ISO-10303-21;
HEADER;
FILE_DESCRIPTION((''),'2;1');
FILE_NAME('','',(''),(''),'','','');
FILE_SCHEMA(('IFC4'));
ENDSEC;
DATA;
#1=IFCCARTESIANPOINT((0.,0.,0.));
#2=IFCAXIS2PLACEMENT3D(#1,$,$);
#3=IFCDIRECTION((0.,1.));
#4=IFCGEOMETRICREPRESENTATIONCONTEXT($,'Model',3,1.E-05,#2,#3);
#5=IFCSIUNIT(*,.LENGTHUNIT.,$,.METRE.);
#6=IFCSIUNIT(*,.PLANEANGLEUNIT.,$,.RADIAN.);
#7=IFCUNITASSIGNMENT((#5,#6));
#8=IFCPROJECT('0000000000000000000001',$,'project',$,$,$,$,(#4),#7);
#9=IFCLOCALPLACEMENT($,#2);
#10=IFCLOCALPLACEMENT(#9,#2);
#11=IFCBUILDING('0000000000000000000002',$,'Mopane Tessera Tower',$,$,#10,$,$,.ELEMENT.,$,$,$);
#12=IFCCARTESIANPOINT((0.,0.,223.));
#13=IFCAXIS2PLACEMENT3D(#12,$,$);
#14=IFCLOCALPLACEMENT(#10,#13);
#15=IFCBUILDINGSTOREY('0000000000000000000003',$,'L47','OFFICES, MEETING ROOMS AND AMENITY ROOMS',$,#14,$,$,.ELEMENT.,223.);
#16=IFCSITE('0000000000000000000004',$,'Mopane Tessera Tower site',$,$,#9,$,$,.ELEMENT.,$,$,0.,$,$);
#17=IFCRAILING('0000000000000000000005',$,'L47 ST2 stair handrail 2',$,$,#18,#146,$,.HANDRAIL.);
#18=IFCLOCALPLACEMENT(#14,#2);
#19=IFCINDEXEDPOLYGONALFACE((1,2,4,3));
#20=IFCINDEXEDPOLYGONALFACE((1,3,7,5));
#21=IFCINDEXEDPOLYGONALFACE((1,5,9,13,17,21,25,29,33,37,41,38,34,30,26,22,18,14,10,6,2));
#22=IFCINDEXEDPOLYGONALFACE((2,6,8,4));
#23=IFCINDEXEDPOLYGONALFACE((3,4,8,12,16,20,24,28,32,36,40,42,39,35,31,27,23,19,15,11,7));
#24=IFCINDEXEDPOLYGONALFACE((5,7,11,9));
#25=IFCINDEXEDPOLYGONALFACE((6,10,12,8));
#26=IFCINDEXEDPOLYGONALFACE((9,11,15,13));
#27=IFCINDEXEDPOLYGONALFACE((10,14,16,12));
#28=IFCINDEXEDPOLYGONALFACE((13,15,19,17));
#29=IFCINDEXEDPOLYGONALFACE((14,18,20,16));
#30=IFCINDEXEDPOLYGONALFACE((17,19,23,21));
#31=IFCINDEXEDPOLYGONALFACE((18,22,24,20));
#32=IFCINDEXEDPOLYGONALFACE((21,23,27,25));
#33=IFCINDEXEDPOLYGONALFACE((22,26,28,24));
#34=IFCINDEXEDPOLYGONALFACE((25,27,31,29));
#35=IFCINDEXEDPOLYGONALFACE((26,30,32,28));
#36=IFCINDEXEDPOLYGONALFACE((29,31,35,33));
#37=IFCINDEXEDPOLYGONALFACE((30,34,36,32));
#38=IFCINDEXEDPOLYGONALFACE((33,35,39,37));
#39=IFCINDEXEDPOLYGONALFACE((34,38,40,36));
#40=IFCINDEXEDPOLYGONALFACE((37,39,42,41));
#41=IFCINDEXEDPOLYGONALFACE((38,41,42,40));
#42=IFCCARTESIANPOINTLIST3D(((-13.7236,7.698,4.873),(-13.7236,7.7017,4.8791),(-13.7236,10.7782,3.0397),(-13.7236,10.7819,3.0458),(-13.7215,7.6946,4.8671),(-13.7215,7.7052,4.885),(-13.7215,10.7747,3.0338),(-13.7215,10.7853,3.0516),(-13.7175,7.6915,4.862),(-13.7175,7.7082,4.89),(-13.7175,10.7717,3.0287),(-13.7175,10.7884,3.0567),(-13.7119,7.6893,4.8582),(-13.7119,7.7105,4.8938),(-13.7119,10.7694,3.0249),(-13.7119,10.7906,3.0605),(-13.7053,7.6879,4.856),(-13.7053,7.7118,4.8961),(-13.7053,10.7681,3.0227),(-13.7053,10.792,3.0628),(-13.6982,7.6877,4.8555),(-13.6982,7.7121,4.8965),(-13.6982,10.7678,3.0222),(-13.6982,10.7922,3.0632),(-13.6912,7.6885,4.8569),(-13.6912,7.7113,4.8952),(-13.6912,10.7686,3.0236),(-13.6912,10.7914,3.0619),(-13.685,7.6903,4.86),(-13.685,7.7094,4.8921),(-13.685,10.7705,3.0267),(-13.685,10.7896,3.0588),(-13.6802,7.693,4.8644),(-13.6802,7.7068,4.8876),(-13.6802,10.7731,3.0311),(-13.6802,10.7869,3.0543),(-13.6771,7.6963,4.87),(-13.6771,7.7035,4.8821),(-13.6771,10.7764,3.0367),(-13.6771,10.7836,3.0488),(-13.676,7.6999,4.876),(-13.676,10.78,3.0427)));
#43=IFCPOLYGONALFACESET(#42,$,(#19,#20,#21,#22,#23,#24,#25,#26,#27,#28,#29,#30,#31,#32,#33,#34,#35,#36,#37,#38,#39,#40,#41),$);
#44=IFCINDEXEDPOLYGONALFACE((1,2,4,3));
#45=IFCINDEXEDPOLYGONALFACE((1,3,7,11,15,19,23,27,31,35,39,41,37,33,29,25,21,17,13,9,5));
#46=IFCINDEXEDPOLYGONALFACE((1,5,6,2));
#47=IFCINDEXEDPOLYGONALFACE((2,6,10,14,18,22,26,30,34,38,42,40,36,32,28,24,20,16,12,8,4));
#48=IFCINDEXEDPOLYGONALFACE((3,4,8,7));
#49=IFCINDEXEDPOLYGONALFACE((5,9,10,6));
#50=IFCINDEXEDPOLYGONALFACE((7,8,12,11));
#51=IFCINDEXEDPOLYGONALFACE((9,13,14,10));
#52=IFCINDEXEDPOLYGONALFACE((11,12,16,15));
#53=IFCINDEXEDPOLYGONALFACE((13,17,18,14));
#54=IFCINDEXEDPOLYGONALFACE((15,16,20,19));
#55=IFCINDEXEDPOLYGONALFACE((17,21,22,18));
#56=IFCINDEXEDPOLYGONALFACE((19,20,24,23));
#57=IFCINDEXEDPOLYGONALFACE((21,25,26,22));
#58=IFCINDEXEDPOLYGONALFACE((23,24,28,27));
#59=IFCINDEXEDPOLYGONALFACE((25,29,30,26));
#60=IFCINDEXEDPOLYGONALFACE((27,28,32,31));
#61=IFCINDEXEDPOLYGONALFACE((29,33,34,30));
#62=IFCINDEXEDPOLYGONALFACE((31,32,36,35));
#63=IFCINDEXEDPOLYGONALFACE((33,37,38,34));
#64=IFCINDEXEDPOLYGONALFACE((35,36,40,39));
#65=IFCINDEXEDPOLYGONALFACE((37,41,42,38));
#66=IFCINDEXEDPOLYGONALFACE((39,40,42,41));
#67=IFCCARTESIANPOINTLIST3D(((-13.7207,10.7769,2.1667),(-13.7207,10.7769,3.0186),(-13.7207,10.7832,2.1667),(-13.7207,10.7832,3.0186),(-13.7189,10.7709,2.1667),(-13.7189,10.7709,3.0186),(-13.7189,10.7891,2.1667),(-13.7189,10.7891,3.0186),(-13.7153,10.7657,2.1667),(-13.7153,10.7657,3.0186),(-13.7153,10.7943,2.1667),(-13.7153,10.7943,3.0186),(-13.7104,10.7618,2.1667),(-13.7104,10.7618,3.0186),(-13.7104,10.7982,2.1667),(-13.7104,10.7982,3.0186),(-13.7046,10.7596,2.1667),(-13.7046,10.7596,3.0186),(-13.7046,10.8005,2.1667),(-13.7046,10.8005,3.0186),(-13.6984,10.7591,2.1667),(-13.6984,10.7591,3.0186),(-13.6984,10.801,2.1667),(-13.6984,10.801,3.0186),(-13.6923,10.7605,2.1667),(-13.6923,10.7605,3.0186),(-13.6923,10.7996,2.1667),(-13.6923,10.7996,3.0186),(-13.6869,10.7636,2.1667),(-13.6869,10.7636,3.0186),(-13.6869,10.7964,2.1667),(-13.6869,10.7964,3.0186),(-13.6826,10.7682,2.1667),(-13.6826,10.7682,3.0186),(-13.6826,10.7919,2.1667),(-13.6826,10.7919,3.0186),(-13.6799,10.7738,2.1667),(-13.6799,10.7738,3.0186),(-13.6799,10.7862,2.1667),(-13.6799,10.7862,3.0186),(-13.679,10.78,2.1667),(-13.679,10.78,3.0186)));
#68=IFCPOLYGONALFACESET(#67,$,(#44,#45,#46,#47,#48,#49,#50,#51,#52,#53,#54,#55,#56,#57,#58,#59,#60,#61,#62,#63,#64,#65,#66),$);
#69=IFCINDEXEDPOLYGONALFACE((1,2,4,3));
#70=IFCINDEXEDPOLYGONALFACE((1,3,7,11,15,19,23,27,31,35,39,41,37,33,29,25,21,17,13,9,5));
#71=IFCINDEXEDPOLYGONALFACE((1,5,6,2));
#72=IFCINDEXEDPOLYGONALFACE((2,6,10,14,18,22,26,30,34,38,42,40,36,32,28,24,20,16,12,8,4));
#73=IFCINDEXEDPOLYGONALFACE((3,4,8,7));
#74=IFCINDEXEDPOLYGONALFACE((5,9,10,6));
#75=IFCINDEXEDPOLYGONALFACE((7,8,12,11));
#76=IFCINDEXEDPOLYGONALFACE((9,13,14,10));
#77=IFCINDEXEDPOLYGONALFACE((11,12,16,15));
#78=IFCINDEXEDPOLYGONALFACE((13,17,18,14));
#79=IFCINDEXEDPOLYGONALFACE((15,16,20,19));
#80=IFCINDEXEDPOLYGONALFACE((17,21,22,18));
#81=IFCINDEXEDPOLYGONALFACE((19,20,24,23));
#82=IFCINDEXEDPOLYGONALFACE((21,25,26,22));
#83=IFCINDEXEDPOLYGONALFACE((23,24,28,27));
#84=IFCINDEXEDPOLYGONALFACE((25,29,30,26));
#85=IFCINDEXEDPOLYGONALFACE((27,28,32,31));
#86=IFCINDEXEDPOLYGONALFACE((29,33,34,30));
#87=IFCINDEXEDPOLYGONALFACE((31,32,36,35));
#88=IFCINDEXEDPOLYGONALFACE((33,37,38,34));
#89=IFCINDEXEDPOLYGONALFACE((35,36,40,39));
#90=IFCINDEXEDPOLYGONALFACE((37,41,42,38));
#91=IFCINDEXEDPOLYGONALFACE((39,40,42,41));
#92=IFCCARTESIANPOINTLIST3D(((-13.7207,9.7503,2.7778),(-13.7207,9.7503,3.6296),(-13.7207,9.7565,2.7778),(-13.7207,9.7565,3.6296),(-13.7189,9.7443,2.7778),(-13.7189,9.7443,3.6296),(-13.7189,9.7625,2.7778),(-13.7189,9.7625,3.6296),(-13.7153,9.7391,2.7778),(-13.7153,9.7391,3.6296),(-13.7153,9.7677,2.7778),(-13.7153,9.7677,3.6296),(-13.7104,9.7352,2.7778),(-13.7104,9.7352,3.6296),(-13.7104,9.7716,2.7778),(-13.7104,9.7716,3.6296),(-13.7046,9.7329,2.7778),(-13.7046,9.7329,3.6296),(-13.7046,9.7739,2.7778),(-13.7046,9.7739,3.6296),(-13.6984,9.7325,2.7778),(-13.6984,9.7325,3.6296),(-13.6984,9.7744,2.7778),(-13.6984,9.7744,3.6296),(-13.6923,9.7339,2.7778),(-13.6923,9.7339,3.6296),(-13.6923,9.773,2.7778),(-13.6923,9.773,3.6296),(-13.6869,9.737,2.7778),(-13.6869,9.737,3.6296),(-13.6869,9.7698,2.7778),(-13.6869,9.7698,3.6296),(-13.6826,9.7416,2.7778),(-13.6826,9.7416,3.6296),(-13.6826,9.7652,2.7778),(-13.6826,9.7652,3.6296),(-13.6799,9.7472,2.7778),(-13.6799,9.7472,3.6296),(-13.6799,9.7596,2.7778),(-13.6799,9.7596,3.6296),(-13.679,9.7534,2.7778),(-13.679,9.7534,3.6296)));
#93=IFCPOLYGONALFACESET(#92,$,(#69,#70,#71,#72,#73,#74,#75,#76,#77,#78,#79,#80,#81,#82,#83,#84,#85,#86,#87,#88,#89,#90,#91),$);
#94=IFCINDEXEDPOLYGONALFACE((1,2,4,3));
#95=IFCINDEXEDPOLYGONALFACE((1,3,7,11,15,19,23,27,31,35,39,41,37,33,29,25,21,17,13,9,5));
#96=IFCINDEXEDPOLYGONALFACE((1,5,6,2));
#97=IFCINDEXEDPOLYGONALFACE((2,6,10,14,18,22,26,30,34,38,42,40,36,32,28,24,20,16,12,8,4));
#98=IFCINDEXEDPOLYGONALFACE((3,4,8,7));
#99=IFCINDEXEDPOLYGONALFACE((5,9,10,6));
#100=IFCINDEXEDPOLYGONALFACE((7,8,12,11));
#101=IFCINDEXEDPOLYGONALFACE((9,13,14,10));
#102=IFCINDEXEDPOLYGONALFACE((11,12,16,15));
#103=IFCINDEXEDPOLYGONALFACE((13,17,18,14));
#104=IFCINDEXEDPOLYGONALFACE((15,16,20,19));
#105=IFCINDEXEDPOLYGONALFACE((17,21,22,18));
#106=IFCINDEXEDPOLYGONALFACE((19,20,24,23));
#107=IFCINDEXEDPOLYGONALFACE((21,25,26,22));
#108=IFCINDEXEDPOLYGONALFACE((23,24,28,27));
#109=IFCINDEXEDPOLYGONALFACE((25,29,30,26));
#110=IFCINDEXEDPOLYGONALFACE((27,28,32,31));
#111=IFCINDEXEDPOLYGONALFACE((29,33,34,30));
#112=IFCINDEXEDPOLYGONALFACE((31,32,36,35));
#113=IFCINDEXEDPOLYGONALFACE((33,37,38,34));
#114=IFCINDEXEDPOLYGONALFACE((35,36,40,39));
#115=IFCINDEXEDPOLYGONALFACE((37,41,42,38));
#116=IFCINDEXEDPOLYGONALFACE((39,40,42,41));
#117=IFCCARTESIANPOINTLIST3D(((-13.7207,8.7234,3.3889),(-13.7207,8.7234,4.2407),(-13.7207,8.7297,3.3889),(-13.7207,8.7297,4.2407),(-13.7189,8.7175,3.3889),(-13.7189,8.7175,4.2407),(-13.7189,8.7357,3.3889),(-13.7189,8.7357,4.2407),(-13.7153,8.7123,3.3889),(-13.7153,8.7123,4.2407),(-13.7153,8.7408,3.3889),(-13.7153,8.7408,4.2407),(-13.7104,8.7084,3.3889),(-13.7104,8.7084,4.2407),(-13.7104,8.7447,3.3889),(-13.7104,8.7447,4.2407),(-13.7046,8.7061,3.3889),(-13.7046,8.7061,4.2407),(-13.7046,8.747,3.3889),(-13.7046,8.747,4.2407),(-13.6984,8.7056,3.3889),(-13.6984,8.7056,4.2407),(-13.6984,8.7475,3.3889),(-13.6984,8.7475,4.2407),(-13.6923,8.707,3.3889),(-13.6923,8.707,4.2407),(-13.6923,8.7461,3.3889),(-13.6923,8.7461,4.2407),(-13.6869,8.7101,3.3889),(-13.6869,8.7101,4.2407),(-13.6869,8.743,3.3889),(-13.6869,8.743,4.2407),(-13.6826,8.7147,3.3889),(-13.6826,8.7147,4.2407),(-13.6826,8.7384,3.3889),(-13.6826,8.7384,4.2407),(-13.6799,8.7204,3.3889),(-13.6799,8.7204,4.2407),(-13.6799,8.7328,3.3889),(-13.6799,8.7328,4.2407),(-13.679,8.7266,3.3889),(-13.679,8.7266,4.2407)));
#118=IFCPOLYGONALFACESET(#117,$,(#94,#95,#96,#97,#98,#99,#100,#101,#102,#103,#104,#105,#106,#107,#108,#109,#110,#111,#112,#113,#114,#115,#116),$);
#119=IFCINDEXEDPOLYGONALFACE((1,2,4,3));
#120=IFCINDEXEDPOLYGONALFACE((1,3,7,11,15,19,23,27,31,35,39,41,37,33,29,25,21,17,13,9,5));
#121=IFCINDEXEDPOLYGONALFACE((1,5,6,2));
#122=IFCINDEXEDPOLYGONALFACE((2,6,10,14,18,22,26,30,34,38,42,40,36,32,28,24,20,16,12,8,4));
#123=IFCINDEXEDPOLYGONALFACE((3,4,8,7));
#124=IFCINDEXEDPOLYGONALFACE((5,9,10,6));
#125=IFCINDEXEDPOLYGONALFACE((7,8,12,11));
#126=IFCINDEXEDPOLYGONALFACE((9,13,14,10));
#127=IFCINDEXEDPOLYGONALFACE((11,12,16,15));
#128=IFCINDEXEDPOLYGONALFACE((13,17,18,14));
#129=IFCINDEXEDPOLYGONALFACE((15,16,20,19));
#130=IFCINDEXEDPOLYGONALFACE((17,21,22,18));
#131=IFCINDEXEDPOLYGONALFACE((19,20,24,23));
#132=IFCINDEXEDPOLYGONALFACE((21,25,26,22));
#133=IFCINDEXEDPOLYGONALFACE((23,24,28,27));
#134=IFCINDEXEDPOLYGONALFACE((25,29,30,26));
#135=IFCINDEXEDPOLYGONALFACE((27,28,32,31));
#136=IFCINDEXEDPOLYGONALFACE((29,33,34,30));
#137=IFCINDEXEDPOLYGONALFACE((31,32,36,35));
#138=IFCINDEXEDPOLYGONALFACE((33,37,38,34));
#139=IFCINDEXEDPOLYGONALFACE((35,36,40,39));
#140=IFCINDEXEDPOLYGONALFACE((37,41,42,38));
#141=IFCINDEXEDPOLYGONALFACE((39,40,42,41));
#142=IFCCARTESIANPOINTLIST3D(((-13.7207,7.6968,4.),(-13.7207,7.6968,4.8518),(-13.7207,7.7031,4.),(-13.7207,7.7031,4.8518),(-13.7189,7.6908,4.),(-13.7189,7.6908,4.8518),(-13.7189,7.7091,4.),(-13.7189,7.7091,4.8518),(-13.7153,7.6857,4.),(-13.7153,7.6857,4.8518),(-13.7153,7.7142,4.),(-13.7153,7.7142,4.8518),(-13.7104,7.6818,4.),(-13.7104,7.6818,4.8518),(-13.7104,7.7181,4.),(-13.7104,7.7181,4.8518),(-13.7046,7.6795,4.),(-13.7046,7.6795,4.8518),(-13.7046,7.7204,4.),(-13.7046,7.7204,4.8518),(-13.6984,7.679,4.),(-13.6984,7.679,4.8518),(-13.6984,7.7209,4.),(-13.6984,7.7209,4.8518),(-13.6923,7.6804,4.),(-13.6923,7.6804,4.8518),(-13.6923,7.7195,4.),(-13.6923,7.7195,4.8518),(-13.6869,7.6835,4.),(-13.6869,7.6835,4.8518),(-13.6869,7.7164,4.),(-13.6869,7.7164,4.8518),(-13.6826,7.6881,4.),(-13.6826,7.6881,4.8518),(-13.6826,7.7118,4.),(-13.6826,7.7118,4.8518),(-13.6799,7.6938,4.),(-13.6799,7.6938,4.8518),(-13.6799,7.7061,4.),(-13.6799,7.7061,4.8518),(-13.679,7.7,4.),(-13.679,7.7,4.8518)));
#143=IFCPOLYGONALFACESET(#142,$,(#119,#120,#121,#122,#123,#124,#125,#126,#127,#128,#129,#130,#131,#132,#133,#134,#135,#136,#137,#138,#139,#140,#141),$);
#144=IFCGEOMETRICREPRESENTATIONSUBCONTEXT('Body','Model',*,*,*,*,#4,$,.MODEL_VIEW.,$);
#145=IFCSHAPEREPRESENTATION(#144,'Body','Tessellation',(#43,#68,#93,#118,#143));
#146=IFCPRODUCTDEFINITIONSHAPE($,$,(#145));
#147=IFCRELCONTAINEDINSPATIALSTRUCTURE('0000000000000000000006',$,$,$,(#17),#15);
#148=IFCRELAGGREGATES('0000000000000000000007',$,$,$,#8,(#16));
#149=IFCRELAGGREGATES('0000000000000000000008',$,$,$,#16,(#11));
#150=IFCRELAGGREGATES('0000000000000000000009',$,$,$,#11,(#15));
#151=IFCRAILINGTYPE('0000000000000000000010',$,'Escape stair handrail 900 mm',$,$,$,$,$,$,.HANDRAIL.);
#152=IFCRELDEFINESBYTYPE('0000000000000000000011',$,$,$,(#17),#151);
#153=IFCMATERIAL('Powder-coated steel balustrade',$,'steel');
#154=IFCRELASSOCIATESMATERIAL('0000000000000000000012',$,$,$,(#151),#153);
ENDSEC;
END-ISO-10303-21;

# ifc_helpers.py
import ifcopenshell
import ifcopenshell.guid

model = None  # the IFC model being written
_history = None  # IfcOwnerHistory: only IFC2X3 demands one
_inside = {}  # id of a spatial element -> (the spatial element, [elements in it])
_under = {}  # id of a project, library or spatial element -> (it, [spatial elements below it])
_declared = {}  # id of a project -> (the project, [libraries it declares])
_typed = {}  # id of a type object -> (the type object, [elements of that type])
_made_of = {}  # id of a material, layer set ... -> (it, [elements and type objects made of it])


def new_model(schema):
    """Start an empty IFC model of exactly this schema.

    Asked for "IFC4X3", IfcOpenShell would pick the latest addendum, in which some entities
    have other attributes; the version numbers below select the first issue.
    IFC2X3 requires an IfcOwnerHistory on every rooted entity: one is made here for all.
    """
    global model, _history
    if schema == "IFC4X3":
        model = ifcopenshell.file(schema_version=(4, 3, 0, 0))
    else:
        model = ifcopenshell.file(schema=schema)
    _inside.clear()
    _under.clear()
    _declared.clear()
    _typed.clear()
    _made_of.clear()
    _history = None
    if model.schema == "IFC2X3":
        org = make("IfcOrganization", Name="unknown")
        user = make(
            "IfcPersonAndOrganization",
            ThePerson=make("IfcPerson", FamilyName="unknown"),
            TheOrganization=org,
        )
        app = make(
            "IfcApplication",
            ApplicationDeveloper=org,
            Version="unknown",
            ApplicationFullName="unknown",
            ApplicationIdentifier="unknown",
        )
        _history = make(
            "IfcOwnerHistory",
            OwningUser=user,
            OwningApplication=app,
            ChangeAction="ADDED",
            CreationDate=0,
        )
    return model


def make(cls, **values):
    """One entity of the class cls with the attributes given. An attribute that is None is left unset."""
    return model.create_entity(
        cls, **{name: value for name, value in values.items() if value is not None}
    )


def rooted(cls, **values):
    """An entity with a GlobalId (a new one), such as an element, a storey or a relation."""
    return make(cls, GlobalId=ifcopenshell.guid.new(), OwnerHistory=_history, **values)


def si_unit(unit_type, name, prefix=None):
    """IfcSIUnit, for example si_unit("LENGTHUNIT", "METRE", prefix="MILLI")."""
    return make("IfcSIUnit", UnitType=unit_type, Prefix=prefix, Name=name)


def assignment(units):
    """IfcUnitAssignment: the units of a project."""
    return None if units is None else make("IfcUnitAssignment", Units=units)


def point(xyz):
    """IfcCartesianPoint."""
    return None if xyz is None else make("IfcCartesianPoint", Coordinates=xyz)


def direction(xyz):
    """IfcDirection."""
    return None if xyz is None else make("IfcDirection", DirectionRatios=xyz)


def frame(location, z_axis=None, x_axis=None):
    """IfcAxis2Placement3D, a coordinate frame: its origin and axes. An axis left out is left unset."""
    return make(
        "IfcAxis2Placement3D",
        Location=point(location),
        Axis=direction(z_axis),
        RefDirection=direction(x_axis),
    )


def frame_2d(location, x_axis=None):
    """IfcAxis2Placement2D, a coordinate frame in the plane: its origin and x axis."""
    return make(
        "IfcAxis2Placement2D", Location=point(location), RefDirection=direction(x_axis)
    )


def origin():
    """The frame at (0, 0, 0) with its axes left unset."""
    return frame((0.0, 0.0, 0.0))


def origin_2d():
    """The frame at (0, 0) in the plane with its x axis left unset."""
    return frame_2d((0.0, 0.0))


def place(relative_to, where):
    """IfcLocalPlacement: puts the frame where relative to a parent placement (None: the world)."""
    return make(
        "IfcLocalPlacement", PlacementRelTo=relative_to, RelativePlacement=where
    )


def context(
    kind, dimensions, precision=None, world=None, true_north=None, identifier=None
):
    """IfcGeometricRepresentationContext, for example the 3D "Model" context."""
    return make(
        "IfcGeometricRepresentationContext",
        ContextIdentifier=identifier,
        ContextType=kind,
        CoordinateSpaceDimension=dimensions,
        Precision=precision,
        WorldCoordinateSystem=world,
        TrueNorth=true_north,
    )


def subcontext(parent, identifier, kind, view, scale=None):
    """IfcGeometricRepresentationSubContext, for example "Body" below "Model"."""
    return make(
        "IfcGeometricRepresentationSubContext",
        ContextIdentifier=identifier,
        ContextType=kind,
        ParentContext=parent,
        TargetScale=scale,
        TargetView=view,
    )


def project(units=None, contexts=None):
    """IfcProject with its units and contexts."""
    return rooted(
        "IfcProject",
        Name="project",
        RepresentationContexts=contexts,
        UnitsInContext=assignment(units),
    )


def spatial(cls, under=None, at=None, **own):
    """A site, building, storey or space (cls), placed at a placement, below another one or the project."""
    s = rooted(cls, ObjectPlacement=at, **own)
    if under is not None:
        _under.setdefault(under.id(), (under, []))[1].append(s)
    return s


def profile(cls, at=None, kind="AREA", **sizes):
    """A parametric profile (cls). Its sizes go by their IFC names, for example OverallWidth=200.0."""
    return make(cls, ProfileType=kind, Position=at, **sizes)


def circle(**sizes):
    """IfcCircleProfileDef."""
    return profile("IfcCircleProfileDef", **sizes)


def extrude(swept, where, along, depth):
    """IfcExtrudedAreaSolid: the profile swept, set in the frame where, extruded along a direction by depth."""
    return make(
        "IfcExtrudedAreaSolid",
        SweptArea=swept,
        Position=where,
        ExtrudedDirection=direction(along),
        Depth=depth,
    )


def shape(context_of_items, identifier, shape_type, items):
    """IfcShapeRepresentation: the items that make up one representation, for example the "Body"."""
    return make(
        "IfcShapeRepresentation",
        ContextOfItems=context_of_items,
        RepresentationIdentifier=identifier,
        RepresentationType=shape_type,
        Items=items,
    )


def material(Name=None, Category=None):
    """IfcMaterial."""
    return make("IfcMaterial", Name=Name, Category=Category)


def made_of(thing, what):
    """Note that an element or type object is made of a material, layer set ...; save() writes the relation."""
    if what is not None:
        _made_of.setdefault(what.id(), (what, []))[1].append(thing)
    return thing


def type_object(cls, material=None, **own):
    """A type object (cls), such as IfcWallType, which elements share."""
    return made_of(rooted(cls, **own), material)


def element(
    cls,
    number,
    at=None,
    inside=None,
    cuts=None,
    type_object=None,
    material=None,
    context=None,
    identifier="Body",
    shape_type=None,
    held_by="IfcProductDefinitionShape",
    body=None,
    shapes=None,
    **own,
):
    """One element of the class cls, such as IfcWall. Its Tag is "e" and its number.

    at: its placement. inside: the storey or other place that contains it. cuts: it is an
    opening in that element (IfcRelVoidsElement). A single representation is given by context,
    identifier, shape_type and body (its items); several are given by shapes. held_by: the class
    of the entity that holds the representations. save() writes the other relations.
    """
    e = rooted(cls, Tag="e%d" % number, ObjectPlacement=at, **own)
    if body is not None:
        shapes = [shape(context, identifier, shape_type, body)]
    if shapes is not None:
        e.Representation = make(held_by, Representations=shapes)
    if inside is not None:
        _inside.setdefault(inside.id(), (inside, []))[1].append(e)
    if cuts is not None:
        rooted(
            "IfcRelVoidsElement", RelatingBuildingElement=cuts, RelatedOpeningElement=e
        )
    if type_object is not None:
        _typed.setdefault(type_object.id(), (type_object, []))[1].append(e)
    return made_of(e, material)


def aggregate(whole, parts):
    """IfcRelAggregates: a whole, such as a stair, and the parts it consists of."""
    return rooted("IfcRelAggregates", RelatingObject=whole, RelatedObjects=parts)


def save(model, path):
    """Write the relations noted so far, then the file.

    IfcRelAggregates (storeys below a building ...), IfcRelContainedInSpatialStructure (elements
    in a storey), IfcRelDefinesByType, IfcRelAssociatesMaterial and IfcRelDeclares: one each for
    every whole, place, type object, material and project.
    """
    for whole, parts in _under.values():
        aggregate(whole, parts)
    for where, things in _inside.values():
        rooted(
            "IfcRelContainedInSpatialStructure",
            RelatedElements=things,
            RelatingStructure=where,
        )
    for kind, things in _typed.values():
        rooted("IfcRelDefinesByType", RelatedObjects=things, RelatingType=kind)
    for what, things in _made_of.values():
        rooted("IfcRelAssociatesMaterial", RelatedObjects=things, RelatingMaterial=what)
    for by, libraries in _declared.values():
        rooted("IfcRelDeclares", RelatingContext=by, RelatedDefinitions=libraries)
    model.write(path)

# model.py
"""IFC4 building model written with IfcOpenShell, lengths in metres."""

from ifc_helpers import new_model, si_unit, direction, frame, origin, origin_2d, place, context, subcontext, project, spatial, circle, extrude, material, type_object, element, save


model = new_model("IFC4")

# Units and contexts
model_context = context("Model", 3, precision=1e-05, world=origin(), true_north=direction((0.0, 1.0)))
body_context = subcontext(model_context, "Body", "Model", "MODEL_VIEW")
ifc_project = project(units=[si_unit("LENGTHUNIT", "METRE"), si_unit("PLANEANGLEUNIT", "RADIAN")], contexts=[model_context])

# Site, building, storey
site_placement = place(None, origin())
site = spatial("IfcSite", under=ifc_project, at=site_placement, Name="Mopane Tessera Tower site", CompositionType="ELEMENT", RefElevation=0.0)
building_placement = place(site_placement, origin())
building = spatial("IfcBuilding", under=site, at=building_placement, Name="Mopane Tessera Tower", CompositionType="ELEMENT")
storey_placement = place(building_placement, frame((0.0, 0.0, 223.0)))
storey = spatial("IfcBuildingStorey", under=building, at=storey_placement, Name="L47", Description="OFFICES, MEETING ROOMS AND AMENITY ROOMS", CompositionType="ELEMENT", Elevation=223.0)

# Railing
ifc_material_1 = material(Name="Powder-coated steel balustrade", Category="steel")
railing_type_1 = type_object("IfcRailingType", Name="Escape stair handrail 900 mm", PredefinedType="HANDRAIL", material=ifc_material_1)
railing_1_placement = place(storey_placement, frame((-13.7, 10.78, 2.1667)))
element("IfcRailing", 1, at=railing_1_placement, inside=storey, type_object=railing_type_1, Name="L47 ST2 stair handrail 2", PredefinedType="HANDRAIL", context=body_context, shape_type="SweptSolid", body=[
    extrude(circle(Radius=0.0239, at=origin_2d()), frame((0.0, 0.0, 0.876), z_axis=(0.0, -0.859309, 0.511458), x_axis=(1.0, 0.0, 0.0)), (0.0, 0.0, 1.0), 3.5845),
    extrude(circle(Radius=0.021, at=origin_2d()), origin(), (0.0, 0.0, 1.0), 0.8518),
    extrude(circle(Radius=0.021, at=origin_2d()), frame((0.0, -1.0266, 0.6111)), (0.0, 0.0, 1.0), 0.8518),
    extrude(circle(Radius=0.021, at=origin_2d()), frame((0.0, -2.0535, 1.2222)), (0.0, 0.0, 1.0), 0.8518),
    extrude(circle(Radius=0.021, at=origin_2d()), frame((0.0, -3.0801, 1.8333)), (0.0, 0.0, 1.0), 0.8518),
])

save(model, "model.ifc")
